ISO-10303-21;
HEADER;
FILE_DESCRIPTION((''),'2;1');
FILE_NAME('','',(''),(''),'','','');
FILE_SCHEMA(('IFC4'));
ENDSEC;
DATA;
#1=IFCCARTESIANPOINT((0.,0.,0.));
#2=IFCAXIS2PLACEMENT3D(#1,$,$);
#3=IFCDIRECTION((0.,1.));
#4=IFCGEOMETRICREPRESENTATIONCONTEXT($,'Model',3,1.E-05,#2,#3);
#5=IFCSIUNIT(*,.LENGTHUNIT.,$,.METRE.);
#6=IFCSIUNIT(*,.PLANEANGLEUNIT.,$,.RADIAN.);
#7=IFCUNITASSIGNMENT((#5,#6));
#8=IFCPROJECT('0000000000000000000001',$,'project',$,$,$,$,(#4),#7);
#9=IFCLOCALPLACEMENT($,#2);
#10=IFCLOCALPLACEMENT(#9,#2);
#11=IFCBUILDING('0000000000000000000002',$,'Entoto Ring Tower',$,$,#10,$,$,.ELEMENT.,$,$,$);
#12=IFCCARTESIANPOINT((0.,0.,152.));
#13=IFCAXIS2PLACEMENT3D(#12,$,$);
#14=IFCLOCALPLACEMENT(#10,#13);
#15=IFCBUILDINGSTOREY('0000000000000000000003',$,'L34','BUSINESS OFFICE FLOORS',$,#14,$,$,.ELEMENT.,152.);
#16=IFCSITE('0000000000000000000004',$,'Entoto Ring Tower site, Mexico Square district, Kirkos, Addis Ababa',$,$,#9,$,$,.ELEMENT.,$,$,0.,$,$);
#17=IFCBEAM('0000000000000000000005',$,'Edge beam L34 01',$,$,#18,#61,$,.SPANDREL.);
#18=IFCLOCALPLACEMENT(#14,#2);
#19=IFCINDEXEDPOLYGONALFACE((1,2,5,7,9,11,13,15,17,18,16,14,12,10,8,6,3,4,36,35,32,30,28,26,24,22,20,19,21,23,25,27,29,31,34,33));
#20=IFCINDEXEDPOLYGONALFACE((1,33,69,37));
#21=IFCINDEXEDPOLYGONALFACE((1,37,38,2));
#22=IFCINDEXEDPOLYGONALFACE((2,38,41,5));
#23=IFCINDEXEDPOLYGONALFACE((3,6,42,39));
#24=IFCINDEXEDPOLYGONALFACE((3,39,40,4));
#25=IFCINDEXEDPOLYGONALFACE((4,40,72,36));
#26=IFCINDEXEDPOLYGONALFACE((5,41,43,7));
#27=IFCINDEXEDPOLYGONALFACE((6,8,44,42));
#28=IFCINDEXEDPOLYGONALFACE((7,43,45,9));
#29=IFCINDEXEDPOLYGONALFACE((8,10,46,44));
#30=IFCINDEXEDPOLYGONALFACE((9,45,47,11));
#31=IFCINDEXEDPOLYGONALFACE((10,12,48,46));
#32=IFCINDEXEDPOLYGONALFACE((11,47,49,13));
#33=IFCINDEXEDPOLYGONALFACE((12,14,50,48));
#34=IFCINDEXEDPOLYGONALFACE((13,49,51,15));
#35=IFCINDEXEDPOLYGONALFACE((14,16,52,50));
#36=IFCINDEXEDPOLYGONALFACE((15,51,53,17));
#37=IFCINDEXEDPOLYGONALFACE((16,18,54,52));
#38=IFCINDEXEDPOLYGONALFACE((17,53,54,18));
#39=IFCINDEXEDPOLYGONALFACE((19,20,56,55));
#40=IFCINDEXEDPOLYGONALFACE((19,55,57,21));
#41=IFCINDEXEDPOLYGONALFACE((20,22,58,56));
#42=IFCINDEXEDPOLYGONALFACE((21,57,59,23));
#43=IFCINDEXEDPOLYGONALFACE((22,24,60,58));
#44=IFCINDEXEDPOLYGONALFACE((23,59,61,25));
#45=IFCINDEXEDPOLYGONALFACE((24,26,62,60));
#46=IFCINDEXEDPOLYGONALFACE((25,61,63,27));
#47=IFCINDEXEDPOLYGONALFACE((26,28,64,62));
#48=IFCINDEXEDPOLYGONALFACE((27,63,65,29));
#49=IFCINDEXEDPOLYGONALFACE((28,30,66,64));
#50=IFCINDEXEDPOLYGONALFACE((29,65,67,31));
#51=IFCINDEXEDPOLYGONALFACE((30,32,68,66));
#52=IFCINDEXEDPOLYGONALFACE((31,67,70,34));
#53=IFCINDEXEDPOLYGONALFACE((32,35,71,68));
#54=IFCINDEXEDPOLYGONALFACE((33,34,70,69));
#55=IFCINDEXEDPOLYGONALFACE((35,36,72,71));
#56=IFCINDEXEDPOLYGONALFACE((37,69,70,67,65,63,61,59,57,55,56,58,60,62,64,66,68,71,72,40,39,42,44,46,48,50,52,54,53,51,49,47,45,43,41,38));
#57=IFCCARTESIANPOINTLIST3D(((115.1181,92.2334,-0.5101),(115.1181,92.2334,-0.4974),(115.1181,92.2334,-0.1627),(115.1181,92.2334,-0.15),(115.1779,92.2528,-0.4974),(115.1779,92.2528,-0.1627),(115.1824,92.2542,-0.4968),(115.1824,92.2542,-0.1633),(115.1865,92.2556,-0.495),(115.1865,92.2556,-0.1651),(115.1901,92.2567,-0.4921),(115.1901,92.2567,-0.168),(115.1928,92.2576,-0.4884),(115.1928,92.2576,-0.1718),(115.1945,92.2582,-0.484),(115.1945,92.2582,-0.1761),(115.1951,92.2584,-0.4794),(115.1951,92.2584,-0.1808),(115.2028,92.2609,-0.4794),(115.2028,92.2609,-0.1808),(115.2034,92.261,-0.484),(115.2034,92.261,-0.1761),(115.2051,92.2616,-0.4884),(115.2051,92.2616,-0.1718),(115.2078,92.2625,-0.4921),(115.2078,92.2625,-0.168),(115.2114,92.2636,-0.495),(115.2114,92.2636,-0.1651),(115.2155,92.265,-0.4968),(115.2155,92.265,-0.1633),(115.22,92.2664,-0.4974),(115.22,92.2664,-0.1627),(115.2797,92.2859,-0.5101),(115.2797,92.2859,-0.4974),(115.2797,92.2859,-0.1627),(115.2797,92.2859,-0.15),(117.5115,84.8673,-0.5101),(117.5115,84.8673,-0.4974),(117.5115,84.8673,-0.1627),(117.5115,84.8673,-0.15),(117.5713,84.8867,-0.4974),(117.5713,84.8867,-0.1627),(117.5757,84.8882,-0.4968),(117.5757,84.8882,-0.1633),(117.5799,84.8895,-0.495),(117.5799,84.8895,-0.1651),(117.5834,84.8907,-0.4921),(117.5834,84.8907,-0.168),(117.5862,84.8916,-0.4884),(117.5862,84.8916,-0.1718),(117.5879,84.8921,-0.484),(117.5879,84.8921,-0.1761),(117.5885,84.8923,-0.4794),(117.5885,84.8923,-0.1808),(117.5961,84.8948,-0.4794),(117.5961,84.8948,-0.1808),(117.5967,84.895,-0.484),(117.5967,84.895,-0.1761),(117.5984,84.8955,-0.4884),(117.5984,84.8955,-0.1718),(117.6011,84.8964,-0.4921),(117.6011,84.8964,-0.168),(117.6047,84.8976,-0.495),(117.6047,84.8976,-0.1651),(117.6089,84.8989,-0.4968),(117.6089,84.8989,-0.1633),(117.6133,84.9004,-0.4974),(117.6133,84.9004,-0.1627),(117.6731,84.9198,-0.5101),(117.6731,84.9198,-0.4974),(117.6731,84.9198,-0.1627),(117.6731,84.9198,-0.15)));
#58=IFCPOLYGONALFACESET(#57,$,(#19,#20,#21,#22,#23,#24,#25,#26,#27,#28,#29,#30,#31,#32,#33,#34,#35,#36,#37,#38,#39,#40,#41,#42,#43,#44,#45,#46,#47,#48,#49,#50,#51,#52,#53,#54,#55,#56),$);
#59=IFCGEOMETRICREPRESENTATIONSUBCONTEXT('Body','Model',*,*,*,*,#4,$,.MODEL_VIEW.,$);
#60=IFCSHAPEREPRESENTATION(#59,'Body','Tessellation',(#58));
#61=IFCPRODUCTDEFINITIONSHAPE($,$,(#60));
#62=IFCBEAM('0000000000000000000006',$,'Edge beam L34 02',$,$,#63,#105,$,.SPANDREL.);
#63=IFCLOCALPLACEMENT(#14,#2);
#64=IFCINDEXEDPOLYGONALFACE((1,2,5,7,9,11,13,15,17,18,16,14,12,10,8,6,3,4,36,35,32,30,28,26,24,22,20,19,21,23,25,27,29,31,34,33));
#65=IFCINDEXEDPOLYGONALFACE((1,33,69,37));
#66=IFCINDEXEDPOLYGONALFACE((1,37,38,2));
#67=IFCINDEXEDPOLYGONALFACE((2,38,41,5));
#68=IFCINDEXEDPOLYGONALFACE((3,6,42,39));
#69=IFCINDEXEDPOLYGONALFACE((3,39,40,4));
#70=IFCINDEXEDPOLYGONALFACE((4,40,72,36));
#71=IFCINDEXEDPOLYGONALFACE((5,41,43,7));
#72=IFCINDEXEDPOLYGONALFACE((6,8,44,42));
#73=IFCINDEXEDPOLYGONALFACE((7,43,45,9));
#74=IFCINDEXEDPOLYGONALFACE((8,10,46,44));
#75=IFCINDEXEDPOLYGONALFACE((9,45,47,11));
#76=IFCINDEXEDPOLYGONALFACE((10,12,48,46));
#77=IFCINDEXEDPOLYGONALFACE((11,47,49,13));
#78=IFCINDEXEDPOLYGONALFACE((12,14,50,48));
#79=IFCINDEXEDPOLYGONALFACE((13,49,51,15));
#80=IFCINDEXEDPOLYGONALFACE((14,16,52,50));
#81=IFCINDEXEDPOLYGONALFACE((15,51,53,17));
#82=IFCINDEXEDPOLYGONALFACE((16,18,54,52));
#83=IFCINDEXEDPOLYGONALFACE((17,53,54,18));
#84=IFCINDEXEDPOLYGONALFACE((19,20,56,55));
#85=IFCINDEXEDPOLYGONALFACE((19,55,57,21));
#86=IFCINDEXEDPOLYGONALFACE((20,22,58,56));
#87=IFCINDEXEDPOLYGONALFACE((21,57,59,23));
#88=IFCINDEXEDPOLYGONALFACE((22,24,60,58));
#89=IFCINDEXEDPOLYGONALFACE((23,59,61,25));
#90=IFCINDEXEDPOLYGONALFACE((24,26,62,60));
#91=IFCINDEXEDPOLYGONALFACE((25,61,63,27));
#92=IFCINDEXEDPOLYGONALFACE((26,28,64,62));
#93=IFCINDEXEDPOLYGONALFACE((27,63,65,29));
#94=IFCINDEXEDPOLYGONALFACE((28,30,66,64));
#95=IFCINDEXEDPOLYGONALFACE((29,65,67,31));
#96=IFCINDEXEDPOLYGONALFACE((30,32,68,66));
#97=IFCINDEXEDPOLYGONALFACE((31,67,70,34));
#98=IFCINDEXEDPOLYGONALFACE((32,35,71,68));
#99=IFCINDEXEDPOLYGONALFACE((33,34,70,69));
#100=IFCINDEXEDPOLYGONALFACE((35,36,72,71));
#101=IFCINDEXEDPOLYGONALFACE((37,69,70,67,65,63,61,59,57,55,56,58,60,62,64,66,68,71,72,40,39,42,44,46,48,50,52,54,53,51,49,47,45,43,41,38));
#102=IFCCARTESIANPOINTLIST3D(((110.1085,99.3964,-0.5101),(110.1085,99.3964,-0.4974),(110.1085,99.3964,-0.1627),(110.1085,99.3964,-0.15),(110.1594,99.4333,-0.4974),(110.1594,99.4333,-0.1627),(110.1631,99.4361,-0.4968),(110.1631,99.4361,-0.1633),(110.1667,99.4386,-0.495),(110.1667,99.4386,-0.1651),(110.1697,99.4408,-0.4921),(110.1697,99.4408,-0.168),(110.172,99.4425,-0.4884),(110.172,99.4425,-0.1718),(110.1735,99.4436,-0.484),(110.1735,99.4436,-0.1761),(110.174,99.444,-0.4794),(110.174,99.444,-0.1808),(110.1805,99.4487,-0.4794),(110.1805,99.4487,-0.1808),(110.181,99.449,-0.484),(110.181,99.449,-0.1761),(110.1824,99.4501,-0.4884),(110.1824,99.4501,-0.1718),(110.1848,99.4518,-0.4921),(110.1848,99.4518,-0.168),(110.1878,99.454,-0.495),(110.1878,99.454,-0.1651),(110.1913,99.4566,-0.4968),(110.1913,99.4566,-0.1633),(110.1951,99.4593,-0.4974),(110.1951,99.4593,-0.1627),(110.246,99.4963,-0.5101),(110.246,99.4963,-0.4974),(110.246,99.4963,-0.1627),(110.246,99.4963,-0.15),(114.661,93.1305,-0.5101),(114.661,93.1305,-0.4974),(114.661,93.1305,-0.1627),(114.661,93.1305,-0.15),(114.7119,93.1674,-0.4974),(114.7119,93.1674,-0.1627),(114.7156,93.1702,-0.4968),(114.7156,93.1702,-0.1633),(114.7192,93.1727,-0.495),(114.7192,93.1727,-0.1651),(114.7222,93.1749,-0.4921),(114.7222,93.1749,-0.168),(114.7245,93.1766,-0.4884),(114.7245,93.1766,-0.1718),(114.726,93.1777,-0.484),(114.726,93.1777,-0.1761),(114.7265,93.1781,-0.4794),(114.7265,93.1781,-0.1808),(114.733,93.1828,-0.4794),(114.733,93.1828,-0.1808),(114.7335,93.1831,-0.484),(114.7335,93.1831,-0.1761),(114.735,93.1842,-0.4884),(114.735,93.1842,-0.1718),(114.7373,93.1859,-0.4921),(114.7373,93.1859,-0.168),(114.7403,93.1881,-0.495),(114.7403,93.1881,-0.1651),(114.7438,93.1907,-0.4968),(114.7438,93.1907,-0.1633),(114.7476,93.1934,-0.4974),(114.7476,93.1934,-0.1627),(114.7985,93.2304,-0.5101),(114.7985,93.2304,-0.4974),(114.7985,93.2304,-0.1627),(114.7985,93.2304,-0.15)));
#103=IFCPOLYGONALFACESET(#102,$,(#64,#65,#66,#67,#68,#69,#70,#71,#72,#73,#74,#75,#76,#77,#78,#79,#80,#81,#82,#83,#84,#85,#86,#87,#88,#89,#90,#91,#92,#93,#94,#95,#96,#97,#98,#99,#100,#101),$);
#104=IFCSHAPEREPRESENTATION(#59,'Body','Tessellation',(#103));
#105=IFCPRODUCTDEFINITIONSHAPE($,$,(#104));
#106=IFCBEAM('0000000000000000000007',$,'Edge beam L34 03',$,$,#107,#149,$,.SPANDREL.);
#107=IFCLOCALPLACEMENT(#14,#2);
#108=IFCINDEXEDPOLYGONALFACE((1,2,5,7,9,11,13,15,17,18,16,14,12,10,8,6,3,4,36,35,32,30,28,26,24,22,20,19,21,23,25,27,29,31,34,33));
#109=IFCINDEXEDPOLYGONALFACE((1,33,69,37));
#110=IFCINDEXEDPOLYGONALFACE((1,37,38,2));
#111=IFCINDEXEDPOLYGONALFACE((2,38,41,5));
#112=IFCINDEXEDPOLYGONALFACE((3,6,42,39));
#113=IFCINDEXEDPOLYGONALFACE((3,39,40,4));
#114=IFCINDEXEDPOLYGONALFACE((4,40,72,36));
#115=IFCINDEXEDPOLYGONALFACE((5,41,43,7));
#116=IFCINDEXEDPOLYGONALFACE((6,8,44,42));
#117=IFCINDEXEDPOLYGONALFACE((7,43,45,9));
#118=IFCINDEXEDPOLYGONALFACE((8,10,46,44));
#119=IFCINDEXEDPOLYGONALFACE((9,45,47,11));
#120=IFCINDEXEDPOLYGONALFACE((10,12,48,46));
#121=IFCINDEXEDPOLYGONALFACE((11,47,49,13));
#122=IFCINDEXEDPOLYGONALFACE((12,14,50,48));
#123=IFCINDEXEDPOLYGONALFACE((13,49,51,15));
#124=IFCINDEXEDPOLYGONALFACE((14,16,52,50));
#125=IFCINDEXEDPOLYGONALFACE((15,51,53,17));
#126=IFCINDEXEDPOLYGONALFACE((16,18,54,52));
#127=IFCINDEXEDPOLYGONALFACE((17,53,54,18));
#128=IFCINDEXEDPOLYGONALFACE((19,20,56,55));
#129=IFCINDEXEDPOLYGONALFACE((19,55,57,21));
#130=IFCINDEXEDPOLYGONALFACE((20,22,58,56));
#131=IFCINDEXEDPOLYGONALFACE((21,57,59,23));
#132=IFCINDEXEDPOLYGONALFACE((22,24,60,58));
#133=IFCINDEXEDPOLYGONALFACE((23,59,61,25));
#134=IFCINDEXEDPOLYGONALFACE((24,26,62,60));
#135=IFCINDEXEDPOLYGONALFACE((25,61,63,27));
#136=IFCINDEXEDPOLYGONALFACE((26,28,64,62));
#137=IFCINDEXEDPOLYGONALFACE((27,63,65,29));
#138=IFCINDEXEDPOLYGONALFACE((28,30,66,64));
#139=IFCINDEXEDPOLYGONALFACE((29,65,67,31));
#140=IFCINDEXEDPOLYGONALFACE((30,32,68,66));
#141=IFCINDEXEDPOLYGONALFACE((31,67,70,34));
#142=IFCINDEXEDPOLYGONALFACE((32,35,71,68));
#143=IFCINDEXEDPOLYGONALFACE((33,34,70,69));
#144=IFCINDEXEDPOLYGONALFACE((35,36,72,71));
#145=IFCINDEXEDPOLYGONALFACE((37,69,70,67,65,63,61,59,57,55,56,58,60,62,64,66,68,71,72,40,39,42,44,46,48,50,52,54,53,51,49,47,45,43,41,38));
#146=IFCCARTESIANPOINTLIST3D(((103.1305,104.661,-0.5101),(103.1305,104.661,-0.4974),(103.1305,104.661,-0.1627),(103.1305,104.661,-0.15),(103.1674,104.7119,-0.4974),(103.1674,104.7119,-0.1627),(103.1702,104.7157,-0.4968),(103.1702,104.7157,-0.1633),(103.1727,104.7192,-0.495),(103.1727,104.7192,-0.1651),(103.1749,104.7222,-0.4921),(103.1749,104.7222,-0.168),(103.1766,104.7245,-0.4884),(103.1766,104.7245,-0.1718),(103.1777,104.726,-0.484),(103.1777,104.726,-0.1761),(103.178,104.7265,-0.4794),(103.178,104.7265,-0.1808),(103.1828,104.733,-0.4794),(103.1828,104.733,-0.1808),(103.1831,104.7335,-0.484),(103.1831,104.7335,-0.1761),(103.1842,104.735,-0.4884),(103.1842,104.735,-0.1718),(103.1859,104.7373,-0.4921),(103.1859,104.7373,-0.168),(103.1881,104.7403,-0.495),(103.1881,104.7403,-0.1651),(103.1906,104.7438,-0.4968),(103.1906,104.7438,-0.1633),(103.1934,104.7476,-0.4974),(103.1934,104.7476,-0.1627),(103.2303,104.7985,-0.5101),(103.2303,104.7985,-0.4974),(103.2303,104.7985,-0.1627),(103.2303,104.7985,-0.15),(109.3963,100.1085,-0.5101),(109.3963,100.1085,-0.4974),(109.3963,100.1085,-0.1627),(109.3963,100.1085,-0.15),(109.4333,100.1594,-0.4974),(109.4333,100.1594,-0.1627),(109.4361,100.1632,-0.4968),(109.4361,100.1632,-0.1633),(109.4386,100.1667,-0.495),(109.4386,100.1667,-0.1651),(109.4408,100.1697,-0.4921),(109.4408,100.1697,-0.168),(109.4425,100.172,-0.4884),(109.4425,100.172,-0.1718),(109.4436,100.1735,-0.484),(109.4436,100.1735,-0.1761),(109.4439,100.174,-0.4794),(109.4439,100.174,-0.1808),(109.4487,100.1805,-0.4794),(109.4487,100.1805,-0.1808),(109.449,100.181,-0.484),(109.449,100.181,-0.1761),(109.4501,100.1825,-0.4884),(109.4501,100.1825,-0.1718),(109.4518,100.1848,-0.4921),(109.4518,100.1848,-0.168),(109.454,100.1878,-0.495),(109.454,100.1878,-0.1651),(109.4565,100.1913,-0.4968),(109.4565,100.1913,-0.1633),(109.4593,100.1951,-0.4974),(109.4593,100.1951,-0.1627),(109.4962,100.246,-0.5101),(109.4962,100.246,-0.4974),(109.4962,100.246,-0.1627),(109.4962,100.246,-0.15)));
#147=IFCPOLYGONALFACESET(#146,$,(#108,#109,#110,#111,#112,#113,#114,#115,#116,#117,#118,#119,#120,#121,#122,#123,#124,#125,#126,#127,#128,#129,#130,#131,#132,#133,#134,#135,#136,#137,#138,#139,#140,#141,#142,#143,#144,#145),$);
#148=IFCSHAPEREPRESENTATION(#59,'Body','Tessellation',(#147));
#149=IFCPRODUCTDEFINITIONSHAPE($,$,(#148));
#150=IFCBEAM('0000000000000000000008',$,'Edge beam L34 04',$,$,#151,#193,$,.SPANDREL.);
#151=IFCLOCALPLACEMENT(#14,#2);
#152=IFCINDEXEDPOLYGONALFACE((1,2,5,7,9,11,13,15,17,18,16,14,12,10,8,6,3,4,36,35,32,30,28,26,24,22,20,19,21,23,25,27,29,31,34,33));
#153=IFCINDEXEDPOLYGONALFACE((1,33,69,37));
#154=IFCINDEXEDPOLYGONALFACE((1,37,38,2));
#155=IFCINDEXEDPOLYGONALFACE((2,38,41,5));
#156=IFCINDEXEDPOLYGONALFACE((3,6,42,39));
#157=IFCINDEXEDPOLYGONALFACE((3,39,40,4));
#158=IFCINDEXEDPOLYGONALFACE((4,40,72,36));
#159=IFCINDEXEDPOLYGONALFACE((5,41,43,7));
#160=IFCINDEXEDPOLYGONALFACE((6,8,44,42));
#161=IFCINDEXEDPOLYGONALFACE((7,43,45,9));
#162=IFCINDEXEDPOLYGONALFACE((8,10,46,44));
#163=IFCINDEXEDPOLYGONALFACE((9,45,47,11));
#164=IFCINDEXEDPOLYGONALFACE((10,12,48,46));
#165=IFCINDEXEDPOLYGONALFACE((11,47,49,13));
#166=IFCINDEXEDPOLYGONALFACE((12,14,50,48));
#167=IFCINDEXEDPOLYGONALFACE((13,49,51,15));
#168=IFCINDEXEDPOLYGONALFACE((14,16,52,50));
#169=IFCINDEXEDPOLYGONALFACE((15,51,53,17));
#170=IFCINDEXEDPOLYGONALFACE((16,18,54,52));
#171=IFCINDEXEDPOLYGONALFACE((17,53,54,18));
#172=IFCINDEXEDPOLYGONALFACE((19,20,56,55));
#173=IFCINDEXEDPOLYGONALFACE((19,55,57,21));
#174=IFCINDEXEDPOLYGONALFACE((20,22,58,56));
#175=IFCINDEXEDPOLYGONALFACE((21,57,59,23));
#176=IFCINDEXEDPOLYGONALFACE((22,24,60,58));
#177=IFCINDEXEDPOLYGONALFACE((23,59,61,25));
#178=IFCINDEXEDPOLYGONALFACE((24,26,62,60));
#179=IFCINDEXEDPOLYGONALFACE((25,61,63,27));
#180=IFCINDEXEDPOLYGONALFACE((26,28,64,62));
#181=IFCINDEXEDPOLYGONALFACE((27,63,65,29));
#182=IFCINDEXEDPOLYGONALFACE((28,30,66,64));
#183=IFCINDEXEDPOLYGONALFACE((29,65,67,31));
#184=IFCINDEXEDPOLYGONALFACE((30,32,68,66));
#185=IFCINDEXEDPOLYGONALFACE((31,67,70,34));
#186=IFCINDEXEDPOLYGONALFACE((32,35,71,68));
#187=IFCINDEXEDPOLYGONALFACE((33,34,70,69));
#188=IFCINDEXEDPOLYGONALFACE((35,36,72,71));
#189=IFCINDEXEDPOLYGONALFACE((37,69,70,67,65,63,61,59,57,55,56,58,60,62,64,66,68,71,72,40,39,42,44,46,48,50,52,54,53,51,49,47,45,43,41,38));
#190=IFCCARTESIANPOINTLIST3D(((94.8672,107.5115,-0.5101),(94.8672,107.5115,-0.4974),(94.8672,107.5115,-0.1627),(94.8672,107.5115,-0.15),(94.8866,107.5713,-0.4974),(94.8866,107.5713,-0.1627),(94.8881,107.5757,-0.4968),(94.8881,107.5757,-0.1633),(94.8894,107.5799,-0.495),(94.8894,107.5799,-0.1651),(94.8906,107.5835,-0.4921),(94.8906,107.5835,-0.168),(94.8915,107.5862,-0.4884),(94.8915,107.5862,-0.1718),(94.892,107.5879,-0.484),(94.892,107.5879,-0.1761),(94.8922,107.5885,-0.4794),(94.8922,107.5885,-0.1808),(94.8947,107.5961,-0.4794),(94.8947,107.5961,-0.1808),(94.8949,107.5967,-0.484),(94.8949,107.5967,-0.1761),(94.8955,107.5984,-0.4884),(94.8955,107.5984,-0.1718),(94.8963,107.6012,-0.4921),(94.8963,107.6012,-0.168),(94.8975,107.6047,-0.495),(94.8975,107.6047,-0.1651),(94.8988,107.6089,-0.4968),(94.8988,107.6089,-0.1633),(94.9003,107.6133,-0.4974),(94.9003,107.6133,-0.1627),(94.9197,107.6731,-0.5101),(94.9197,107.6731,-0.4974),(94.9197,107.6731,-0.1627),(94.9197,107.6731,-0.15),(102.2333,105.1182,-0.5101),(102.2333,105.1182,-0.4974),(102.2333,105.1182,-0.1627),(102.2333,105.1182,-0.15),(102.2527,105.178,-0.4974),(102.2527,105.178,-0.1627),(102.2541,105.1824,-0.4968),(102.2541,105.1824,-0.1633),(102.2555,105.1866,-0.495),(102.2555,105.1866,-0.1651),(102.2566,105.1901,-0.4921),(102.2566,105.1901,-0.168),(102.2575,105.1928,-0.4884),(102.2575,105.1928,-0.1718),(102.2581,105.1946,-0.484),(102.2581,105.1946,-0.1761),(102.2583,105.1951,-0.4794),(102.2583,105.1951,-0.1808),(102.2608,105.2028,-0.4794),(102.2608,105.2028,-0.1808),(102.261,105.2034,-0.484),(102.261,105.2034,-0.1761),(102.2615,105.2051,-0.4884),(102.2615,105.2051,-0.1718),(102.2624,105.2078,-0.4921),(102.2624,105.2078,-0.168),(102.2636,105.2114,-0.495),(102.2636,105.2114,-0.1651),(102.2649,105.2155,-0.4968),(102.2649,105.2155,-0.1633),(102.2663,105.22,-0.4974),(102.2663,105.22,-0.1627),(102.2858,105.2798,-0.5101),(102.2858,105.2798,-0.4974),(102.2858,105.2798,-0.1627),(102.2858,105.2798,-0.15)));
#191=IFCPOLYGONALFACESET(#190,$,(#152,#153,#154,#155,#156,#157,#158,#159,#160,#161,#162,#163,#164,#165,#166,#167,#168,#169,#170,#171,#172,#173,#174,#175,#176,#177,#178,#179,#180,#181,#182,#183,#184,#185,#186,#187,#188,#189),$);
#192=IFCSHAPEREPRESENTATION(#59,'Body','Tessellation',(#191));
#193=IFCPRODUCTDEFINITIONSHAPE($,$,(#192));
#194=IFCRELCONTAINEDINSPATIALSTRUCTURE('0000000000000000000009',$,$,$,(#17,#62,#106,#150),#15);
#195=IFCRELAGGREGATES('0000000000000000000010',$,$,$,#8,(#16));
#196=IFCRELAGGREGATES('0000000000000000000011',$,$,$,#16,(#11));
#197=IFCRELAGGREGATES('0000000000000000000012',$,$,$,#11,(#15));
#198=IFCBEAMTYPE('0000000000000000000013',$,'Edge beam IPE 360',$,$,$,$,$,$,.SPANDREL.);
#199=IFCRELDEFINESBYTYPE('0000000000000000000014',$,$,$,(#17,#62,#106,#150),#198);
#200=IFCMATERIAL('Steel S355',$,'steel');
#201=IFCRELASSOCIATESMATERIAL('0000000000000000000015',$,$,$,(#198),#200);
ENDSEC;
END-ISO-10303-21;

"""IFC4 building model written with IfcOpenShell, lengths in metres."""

from ifc_helpers import new_model, si_unit, direction, frame, origin, origin_2d, place, context, subcontext, project, spatial, i_section, extrude, material, material_profile, profile_set, type_object, element, save


model = new_model("IFC4")

# Units and contexts
model_context = context("Model", 3, precision=1e-05, world=origin(), true_north=direction((0.0, 1.0)))
body_context = subcontext(model_context, "Body", "Model", "MODEL_VIEW")
ifc_project = project(units=[si_unit("LENGTHUNIT", "METRE"), si_unit("PLANEANGLEUNIT", "RADIAN")], contexts=[model_context])

# Site, building, storey
site_placement = place(None, origin())
site = spatial("IfcSite", under=ifc_project, at=site_placement, Name="Entoto Ring Tower site, Mexico Square district, Kirkos, Addis Ababa", CompositionType="ELEMENT", RefElevation=0.0)
building_placement = place(site_placement, origin())
building = spatial("IfcBuilding", under=site, at=building_placement, Name="Entoto Ring Tower", CompositionType="ELEMENT")
storey_placement = place(building_placement, frame((0.0, 0.0, 152.0)))
storey = spatial("IfcBuildingStorey", under=building, at=storey_placement, Name="L34", Description="BUSINESS OFFICE FLOORS", CompositionType="ELEMENT", Elevation=152.0)

# Beams
ifc_material_1 = material(Name="Steel S355", Category="steel")
ifc_material_profile_1 = material_profile(ifc_material_1, i_section(OverallWidth=0.1699, OverallDepth=0.3601, WebThickness=0.0081, FlangeThickness=0.0127, FilletRadius=0.0181, at=origin_2d()), Name="IPE 360")
ifc_profile_set_1 = profile_set([ifc_material_profile_1], Name="Steel S355")
beam_type_1 = type_object("IfcBeamType", Name="Edge beam IPE 360", PredefinedType="SPANDREL", material=ifc_profile_set_1)
for number, where, z_axis, x_axis, name in (
    (1, (117.5923, 84.8936, -0.3301), (-0.309013, 0.951058, 0.0), (-0.951058, -0.309013, 0.0), "Edge beam L34 01"),
    (2, (114.7297, 93.1804, -0.3301), (-0.587791, 0.809013, 0.0), (-0.809013, -0.587791, 0.0), "Edge beam L34 02"),
    (3, (109.4463, 100.1772, -0.3301), (-0.809013, 0.587791, 0.0), (-0.587791, -0.809013, 0.0), "Edge beam L34 03"),
    (4, (102.2595, 105.199, -0.3301), (-0.951058, 0.309013, 0.0), (-0.309013, -0.951058, 0.0), "Edge beam L34 04"),
):
    element("IfcBeam", number, at=place(storey_placement, frame(where, z_axis=z_axis, x_axis=x_axis)), inside=storey, type_object=beam_type_1, Name=name, PredefinedType="SPANDREL", context=body_context, shape_type="SweptSolid", body=[
        extrude(i_section(OverallWidth=0.1699, OverallDepth=0.3601, WebThickness=0.0081, FlangeThickness=0.0127, FilletRadius=0.0181, at=origin_2d()), origin(), (0.0, 0.0, 1.0), 7.7451),
    ])

save(model, "model.ifc")
